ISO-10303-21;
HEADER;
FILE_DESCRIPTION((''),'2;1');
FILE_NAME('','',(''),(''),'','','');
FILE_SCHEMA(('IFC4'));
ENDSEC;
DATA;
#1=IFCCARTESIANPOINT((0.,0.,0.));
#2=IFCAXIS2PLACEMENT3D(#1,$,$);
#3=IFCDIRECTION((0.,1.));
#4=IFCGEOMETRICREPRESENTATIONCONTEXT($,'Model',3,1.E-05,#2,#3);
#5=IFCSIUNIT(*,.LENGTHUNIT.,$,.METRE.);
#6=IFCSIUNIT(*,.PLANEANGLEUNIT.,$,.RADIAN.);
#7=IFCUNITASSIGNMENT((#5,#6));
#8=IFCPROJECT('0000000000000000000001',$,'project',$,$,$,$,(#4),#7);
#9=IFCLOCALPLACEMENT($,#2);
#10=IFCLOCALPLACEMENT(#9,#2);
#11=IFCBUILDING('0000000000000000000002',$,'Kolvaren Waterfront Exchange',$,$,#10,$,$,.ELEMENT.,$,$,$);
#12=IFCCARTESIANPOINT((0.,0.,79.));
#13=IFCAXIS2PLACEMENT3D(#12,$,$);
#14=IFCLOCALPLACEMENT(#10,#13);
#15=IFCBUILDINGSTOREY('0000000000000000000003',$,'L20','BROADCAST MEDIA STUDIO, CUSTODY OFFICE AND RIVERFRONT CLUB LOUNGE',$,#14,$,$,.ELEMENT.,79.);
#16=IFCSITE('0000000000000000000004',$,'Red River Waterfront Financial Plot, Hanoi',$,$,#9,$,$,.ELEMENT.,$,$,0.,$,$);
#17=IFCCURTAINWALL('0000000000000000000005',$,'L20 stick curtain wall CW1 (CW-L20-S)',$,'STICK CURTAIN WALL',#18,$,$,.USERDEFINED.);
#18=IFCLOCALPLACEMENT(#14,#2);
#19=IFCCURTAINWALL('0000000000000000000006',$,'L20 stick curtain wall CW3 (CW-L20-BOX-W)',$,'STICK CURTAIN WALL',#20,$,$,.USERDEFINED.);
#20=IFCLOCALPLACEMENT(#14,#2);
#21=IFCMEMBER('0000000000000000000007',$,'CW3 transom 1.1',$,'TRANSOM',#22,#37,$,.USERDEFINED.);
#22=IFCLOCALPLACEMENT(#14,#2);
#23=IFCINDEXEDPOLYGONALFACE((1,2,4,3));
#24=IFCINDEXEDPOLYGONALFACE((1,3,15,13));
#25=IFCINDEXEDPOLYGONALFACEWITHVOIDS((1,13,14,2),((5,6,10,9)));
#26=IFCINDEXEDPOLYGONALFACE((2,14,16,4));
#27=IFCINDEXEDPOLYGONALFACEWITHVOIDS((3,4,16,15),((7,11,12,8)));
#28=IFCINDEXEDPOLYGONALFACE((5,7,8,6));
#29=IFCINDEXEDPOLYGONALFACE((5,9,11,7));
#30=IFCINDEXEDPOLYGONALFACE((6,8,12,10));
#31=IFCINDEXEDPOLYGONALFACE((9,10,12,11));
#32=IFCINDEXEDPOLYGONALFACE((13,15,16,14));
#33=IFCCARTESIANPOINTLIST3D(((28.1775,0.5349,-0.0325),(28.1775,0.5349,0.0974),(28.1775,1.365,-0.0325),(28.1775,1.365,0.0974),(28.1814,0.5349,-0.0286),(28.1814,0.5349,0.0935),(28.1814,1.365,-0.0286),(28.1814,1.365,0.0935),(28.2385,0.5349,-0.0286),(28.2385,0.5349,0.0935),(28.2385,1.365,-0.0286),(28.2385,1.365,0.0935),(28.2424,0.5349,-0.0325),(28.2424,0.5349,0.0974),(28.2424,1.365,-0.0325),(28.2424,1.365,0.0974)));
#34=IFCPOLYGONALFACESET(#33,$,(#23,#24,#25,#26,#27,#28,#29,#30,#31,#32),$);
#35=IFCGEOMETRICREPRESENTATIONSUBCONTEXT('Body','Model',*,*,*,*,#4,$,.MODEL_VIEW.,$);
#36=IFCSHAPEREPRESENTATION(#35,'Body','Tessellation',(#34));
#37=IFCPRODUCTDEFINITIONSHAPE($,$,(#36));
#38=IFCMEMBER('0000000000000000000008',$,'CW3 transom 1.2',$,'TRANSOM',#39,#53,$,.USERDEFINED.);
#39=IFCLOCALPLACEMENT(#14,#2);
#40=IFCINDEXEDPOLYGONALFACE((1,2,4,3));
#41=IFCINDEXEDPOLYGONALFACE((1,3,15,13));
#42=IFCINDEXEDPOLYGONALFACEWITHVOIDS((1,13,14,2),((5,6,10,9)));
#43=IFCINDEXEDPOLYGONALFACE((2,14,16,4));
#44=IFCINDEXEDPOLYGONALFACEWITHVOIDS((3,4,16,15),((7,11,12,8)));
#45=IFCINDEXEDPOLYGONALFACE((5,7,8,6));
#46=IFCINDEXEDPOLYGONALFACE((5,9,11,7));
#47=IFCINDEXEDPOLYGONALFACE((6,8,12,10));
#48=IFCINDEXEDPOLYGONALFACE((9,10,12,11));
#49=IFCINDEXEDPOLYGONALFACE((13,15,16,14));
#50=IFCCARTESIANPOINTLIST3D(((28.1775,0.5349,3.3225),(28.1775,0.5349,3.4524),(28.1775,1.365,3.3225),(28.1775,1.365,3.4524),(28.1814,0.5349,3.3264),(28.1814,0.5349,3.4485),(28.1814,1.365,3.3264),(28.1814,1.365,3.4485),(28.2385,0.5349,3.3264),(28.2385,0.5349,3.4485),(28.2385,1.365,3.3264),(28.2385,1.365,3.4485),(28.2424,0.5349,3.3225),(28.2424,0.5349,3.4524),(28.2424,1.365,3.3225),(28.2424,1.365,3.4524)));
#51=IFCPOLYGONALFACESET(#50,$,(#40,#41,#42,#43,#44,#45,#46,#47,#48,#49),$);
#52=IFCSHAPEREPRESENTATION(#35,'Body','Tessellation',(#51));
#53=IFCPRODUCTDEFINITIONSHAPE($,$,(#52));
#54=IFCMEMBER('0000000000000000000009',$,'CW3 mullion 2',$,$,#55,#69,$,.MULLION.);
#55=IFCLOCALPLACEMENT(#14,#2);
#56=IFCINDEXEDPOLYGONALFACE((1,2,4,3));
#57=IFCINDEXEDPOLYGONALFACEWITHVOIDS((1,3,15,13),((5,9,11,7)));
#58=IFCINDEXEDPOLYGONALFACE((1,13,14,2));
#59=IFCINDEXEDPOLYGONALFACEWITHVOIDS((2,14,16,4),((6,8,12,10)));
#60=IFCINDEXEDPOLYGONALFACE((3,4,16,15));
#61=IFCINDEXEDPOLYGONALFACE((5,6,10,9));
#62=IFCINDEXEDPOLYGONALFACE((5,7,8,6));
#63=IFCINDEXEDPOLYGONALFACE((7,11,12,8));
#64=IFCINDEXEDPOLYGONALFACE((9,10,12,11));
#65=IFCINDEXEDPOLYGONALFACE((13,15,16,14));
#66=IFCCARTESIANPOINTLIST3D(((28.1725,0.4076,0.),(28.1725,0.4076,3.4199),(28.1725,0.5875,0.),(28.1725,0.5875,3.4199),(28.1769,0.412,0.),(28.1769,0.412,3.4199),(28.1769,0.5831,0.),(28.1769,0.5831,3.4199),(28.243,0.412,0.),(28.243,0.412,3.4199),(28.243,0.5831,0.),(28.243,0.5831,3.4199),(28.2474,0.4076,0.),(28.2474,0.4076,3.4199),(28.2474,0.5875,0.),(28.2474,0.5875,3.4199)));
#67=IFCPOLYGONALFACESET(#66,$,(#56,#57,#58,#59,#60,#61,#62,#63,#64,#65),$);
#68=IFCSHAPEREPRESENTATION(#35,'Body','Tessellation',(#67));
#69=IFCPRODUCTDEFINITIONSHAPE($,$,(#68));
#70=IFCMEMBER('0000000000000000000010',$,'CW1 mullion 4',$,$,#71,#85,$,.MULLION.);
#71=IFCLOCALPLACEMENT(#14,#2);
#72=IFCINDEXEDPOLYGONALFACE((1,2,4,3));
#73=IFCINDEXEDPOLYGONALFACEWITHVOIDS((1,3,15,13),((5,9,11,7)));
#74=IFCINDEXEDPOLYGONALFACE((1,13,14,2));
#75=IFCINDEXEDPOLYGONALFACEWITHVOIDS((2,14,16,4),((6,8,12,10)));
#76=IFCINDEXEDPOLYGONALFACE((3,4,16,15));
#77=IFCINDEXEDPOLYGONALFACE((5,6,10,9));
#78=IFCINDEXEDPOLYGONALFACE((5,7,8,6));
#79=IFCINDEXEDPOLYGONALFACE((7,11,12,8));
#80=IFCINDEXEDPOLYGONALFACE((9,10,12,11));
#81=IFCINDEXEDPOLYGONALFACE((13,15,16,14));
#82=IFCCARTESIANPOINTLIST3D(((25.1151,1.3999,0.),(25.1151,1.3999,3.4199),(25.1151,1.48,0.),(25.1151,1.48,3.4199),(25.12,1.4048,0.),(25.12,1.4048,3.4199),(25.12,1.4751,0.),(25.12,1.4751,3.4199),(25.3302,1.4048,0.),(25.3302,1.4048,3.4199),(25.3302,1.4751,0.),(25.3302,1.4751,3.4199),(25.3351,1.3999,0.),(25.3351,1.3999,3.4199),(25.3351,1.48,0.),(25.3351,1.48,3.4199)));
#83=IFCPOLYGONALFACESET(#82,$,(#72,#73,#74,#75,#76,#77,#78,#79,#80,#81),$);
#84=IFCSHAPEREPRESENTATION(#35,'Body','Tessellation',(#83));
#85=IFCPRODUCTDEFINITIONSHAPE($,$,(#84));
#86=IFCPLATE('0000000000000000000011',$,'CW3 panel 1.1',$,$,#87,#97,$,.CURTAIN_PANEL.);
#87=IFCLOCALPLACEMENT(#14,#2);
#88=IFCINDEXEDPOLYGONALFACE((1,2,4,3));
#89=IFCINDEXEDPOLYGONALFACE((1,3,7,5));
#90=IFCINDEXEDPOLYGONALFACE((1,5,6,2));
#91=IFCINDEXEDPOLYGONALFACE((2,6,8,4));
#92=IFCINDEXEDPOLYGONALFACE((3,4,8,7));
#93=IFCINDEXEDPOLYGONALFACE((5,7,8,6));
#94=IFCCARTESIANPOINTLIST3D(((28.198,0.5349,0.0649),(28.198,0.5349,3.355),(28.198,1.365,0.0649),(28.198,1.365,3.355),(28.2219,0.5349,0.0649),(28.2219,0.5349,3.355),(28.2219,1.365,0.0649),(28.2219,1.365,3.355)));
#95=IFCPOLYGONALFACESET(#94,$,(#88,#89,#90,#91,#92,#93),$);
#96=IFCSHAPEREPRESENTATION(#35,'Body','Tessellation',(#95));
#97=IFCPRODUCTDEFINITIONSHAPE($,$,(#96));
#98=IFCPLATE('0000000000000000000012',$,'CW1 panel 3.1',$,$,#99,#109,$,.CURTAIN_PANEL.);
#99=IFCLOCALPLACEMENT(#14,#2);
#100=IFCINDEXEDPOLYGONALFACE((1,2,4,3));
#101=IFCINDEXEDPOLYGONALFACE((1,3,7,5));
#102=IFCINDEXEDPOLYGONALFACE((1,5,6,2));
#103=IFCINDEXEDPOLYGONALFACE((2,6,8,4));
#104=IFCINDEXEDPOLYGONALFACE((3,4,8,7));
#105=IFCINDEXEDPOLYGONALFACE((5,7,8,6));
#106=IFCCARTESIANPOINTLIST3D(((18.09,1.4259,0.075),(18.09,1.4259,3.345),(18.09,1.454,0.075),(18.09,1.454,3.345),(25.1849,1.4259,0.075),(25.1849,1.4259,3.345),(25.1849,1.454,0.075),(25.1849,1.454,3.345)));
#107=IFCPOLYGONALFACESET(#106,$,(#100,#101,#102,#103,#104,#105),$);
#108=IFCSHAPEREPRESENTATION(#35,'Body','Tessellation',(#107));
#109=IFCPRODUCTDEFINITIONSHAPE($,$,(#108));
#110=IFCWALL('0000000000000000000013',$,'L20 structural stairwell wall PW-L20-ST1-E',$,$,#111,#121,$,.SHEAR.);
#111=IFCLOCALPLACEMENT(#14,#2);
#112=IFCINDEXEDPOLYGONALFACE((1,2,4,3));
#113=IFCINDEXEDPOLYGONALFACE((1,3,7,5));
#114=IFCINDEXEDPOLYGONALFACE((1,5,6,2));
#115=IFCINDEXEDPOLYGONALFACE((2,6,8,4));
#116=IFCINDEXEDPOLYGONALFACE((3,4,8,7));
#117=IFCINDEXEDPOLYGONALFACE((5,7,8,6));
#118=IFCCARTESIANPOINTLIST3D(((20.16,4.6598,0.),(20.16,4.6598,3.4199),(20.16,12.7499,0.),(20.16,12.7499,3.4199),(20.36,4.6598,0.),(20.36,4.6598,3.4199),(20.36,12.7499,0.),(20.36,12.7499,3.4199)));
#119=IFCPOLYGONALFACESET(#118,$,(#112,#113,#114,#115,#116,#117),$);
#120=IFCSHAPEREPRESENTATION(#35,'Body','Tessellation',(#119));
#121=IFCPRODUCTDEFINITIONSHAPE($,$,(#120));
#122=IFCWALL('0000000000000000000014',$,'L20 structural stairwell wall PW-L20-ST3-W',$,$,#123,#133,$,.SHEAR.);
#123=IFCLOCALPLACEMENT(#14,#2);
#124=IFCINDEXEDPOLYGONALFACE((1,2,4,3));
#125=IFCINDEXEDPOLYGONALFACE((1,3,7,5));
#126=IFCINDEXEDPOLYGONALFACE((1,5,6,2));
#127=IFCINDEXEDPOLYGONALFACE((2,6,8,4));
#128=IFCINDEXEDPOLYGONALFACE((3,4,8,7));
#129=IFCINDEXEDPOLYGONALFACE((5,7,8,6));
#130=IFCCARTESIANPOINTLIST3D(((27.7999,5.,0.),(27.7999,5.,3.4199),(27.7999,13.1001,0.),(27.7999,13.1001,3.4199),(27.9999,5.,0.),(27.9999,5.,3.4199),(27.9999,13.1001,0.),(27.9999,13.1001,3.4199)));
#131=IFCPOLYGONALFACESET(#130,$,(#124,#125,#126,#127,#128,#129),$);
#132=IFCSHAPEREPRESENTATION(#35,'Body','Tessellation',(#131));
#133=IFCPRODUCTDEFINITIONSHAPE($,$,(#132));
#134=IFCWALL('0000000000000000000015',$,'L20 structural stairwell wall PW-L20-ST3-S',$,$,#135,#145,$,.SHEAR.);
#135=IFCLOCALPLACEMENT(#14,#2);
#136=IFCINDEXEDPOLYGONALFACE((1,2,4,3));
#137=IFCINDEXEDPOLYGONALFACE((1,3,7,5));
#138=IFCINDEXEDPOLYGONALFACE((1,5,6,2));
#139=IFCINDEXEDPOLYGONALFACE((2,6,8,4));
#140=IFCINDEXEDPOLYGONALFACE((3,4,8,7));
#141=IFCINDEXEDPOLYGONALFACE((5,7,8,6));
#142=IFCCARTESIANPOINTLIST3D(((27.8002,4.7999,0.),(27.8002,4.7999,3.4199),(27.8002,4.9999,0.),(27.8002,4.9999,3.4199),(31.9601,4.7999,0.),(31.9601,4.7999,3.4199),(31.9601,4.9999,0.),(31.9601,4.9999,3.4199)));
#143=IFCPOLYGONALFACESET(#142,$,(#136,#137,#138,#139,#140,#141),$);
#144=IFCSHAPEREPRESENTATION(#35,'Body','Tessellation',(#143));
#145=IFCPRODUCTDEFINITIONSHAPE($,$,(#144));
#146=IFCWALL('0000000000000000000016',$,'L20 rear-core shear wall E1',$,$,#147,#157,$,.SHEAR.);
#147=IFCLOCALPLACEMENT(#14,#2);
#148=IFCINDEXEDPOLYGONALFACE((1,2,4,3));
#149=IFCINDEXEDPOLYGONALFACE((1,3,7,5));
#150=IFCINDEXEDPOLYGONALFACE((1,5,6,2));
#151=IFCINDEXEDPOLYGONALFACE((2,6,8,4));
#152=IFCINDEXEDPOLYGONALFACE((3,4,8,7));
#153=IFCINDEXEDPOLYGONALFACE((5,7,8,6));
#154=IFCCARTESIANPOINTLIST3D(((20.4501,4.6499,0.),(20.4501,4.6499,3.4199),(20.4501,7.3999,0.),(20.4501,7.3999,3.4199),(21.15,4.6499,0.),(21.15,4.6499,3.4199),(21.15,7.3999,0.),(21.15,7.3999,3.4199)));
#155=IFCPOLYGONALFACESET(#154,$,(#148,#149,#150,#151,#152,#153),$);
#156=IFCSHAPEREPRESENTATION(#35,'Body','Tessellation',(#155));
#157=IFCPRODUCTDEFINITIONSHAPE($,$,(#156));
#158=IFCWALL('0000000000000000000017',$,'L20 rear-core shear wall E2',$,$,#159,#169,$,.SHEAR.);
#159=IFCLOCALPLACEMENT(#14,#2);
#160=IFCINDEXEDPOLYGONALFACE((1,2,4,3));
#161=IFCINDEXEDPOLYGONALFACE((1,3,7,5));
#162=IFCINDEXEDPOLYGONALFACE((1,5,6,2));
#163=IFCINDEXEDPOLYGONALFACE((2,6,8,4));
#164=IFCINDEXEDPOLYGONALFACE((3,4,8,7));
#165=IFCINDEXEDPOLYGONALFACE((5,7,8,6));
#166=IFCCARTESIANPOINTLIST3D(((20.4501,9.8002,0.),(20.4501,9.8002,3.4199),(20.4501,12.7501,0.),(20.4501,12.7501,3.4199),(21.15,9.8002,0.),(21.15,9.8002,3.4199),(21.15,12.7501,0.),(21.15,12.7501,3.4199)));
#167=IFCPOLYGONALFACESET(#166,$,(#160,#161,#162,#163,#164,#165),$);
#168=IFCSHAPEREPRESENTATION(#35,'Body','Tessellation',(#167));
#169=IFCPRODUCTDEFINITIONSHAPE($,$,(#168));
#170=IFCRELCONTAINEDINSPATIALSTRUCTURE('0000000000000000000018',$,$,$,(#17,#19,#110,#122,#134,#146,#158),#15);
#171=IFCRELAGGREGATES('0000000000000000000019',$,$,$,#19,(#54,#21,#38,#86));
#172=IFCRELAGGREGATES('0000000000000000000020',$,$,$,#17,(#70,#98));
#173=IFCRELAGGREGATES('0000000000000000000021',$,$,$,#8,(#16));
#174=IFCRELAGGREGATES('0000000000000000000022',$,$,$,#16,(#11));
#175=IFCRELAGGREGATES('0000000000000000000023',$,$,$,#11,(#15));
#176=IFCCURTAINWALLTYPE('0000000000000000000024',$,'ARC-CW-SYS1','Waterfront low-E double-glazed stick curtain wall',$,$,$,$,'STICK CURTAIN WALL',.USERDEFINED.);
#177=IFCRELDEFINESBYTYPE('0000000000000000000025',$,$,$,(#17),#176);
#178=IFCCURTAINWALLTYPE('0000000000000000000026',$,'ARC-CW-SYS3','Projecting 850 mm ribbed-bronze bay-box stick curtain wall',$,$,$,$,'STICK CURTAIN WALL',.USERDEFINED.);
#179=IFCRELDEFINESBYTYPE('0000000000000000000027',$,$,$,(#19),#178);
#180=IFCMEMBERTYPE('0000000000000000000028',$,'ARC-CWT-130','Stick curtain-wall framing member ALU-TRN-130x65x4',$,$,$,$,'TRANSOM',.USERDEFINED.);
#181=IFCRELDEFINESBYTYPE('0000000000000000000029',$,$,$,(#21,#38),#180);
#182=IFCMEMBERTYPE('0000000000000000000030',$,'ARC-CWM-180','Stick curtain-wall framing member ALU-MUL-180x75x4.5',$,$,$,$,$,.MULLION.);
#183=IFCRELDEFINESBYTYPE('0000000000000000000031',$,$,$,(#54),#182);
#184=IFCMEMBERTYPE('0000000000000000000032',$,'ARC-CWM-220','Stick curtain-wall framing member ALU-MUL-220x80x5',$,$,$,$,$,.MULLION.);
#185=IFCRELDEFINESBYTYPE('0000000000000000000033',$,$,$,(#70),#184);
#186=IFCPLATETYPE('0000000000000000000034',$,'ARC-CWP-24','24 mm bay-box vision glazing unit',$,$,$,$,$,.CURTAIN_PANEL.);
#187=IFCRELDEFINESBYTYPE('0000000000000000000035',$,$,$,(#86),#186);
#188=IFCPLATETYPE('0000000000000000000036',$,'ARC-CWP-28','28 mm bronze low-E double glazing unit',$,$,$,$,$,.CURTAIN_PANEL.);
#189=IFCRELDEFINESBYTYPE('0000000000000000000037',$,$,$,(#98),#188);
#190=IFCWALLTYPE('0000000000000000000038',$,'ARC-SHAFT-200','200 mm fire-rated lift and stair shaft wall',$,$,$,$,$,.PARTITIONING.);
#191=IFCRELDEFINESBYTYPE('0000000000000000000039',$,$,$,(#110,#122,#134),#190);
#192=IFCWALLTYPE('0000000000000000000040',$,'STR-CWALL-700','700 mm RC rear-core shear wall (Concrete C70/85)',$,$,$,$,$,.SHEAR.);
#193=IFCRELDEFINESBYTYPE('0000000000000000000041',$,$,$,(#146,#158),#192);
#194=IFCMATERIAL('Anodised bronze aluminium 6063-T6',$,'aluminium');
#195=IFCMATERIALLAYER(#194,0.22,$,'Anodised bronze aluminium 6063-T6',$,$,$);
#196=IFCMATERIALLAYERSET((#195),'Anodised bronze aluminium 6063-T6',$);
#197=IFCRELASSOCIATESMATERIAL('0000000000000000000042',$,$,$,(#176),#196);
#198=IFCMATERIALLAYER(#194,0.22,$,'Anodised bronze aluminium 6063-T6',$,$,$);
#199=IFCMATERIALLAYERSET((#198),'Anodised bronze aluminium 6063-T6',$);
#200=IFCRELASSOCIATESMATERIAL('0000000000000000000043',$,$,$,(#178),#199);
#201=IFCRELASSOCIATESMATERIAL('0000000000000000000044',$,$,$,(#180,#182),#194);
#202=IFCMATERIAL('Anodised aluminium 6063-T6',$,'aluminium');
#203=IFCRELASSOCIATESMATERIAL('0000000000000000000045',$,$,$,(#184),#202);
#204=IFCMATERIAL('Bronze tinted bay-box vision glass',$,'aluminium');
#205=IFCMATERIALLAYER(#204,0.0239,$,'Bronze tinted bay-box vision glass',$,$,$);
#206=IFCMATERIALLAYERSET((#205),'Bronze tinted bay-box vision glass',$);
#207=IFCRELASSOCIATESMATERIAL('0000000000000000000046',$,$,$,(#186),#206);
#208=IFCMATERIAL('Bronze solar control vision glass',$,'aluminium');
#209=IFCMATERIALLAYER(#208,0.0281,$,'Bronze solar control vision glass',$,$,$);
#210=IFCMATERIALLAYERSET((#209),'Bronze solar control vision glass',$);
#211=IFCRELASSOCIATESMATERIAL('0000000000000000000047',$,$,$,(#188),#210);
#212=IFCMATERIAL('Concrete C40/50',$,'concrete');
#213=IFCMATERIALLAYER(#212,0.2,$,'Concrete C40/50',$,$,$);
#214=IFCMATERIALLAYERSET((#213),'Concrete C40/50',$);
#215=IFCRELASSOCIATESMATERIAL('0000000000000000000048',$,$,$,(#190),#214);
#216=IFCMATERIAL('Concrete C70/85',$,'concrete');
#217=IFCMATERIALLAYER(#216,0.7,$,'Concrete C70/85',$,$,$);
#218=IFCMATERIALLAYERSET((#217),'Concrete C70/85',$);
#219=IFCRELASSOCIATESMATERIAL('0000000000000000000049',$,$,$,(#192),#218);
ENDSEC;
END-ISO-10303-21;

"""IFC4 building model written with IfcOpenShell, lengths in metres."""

from ifc_helpers import new_model, si_unit, direction, frame, frame_2d, origin, origin_with_axes, origin_2d, place, context, subcontext, project, spatial, rectangle, hollow_rectangle, extrude, source, transform, mapped, material, layer, layer_set, material_profile, profile_set, type_object, element, aggregate, save


model = new_model("IFC4")

# Units and contexts
model_context = context("Model", 3, precision=1e-05, world=origin(), true_north=direction((0.0, 1.0)))
body_context = subcontext(model_context, "Body", "Model", "MODEL_VIEW")
ifc_project = project(units=[si_unit("LENGTHUNIT", "METRE"), si_unit("PLANEANGLEUNIT", "RADIAN")], contexts=[model_context])

# Site, building, storey
site_placement = place(None, origin())
site = spatial("IfcSite", under=ifc_project, at=site_placement, Name="Red River Waterfront Financial Plot, Hanoi", CompositionType="ELEMENT", RefElevation=0.0)
building_placement = place(site_placement, origin())
building = spatial("IfcBuilding", under=site, at=building_placement, Name="Kolvaren Waterfront Exchange", CompositionType="ELEMENT")
storey_placement = place(building_placement, frame((0.0, 0.0, 79.0)))
storey = spatial("IfcBuildingStorey", under=building, at=storey_placement, Name="L20", Description="BROADCAST MEDIA STUDIO, CUSTODY OFFICE AND RIVERFRONT CLUB LOUNGE", CompositionType="ELEMENT", Elevation=79.0)

# Shared definitions
ifc_material_1 = material(Name="Concrete C70/85", Category="concrete")

# Curtain walls, members
ifc_material_2 = material(Name="Anodised bronze aluminium 6063-T6", Category="aluminium")
ifc_layer_1 = layer(ifc_material_2, 0.22, Name="Anodised bronze aluminium 6063-T6")
ifc_layer_set_1 = layer_set([ifc_layer_1], Name="Anodised bronze aluminium 6063-T6")
curtain_wall_type_1 = type_object("IfcCurtainWallType", Name="ARC-CW-SYS1", Description="Waterfront low-E double-glazed stick curtain wall", ElementType="STICK CURTAIN WALL", PredefinedType="USERDEFINED", material=ifc_layer_set_1)
curtain_wall_1_placement = place(storey_placement, origin())
curtain_wall_1 = element("IfcCurtainWall", 1, at=curtain_wall_1_placement, inside=storey, type_object=curtain_wall_type_1, Name="L20 stick curtain wall CW1 (CW-L20-S)", ObjectType="STICK CURTAIN WALL", PredefinedType="USERDEFINED")
ifc_material_3 = material(Name="Anodised aluminium 6063-T6", Category="aluminium")
ifc_layer_2 = layer(ifc_material_2, 0.22, Name="Anodised bronze aluminium 6063-T6")
ifc_layer_set_2 = layer_set([ifc_layer_2], Name="Anodised bronze aluminium 6063-T6")
curtain_wall_type_2 = type_object("IfcCurtainWallType", Name="ARC-CW-SYS3", Description="Projecting 850 mm ribbed-bronze bay-box stick curtain wall", ElementType="STICK CURTAIN WALL", PredefinedType="USERDEFINED", material=ifc_layer_set_2)
curtain_wall_2_placement = place(storey_placement, origin())
curtain_wall_2 = element("IfcCurtainWall", 2, at=curtain_wall_2_placement, inside=storey, type_object=curtain_wall_type_2, Name="L20 stick curtain wall CW3 (CW-L20-BOX-W)", ObjectType="STICK CURTAIN WALL", PredefinedType="USERDEFINED")
ifc_material_profile_1 = material_profile(ifc_material_2, hollow_rectangle(XDim=0.0649, YDim=0.1299, WallThickness=0.0039, at=origin_2d()), Name="ALU-TRN-130x65x4")
ifc_profile_set_1 = profile_set([ifc_material_profile_1], Name="Anodised bronze aluminium 6063-T6")
member_type_1 = type_object("IfcMemberType", Name="ARC-CWT-130", Description="Stick curtain-wall framing member ALU-TRN-130x65x4", ElementType="TRANSOM", PredefinedType="USERDEFINED", material=ifc_profile_set_1)
shared_shape_1 = source(origin_with_axes(), body_context, "Body", "SweptSolid", [
    extrude(hollow_rectangle(XDim=0.0649, YDim=0.1299, WallThickness=0.0039, at=origin_2d()), origin(), (0.0, 0.0, 1.0), 0.8301),
])
member_1_placement = place(storey_placement, frame((28.21, 1.365, 0.0325), z_axis=(0.0, -1.0, 0.0), x_axis=(1.0, 0.0, 0.0)))
member_1 = element("IfcMember", 3, at=member_1_placement, type_object=member_type_1, Name="CW3 transom 1.1", ObjectType="TRANSOM", PredefinedType="USERDEFINED", context=body_context, shape_type="MappedRepresentation", body=[
    mapped(shared_shape_1, transform((0.0, 0.0, 0.0), x_axis=(1.0, 0.0, 0.0), y_axis=(0.0, 1.0, 0.0), z_axis=(0.0, 0.0, 1.0), scale=1.0)),
])
member_2_placement = place(storey_placement, frame((28.21, 1.365, 3.3875), z_axis=(0.0, -1.0, 0.0), x_axis=(1.0, 0.0, 0.0)))
member_2 = element("IfcMember", 4, at=member_2_placement, type_object=member_type_1, Name="CW3 transom 1.2", ObjectType="TRANSOM", PredefinedType="USERDEFINED", context=body_context, shape_type="MappedRepresentation", body=[
    mapped(shared_shape_1, transform((0.0, 0.0, 0.0), x_axis=(1.0, 0.0, 0.0), y_axis=(0.0, 1.0, 0.0), z_axis=(0.0, 0.0, 1.0), scale=1.0)),
])
ifc_material_profile_2 = material_profile(ifc_material_2, hollow_rectangle(XDim=0.075, YDim=0.1799, WallThickness=0.0044, at=origin_2d()), Name="ALU-MUL-180x75x4.5")
ifc_profile_set_2 = profile_set([ifc_material_profile_2], Name="Anodised bronze aluminium 6063-T6")
member_type_2 = type_object("IfcMemberType", Name="ARC-CWM-180", Description="Stick curtain-wall framing member ALU-MUL-180x75x4.5", PredefinedType="MULLION", material=ifc_profile_set_2)
shared_shape_2 = source(origin_with_axes(), body_context, "Body", "SweptSolid", [
    extrude(hollow_rectangle(XDim=0.075, YDim=0.1799, WallThickness=0.0044, at=origin_2d()), origin(), (0.0, 0.0, 1.0), 3.4199),
])
member_3_placement = place(storey_placement, frame((28.21, 0.4976, 0.0), z_axis=(0.0, 0.0, 1.0), x_axis=(1.0, 0.0, 0.0)))
member_3 = element("IfcMember", 5, at=member_3_placement, type_object=member_type_2, Name="CW3 mullion 2", PredefinedType="MULLION", context=body_context, shape_type="MappedRepresentation", body=[
    mapped(shared_shape_2, transform((0.0, 0.0, 0.0), x_axis=(1.0, 0.0, 0.0), y_axis=(0.0, 1.0, 0.0), z_axis=(0.0, 0.0, 1.0), scale=1.0)),
])

# Member
ifc_material_profile_3 = material_profile(ifc_material_3, hollow_rectangle(XDim=0.0801, YDim=0.22, WallThickness=0.0049, at=origin_2d()), Name="ALU-MUL-220x80x5")
ifc_profile_set_3 = profile_set([ifc_material_profile_3], Name="Anodised aluminium 6063-T6")
member_type_3 = type_object("IfcMemberType", Name="ARC-CWM-220", Description="Stick curtain-wall framing member ALU-MUL-220x80x5", PredefinedType="MULLION", material=ifc_profile_set_3)
shared_shape_3 = source(origin_with_axes(), body_context, "Body", "SweptSolid", [
    extrude(hollow_rectangle(XDim=0.0801, YDim=0.22, WallThickness=0.0049, at=origin_2d()), origin(), (0.0, 0.0, 1.0), 3.4199),
])
member_4_placement = place(storey_placement, frame((25.2251, 1.4399, 0.0), z_axis=(0.0, 0.0, 1.0), x_axis=(0.0, 1.0, 0.0)))
member_4 = element("IfcMember", 6, at=member_4_placement, type_object=member_type_3, Name="CW1 mullion 4", PredefinedType="MULLION", context=body_context, shape_type="MappedRepresentation", body=[
    mapped(shared_shape_3, transform((0.0, 0.0, 0.0), x_axis=(1.0, 0.0, 0.0), y_axis=(0.0, 1.0, 0.0), z_axis=(0.0, 0.0, 1.0), scale=1.0)),
])

# Plates
ifc_material_4 = material(Name="Bronze tinted bay-box vision glass", Category="aluminium")
ifc_layer_3 = layer(ifc_material_4, 0.0239, Name="Bronze tinted bay-box vision glass")
ifc_layer_set_3 = layer_set([ifc_layer_3], Name="Bronze tinted bay-box vision glass")
plate_type_1 = type_object("IfcPlateType", Name="ARC-CWP-24", Description="24 mm bay-box vision glazing unit", PredefinedType="CURTAIN_PANEL", material=ifc_layer_set_3)
shared_shape_4 = source(origin_with_axes(), body_context, "Body", "SweptSolid", [
    extrude(rectangle(XDim=0.8301, YDim=0.0239, at=origin_2d()), origin(), (0.0, 0.0, 1.0), 3.29),
])
plate_1_placement = place(storey_placement, frame((28.21, 0.95, 0.0649), z_axis=(0.0, 0.0, 1.0), x_axis=(0.0, -1.0, 0.0)))
plate_1 = element("IfcPlate", 7, at=plate_1_placement, type_object=plate_type_1, Name="CW3 panel 1.1", PredefinedType="CURTAIN_PANEL", context=body_context, shape_type="MappedRepresentation", body=[
    mapped(shared_shape_4, transform((0.0, 0.0, 0.0), x_axis=(1.0, 0.0, 0.0), y_axis=(0.0, 1.0, 0.0), z_axis=(0.0, 0.0, 1.0), scale=1.0)),
])
aggregate(curtain_wall_2, [member_3, member_1, member_2, plate_1])
ifc_material_5 = material(Name="Bronze solar control vision glass", Category="aluminium")
ifc_layer_4 = layer(ifc_material_5, 0.0281, Name="Bronze solar control vision glass")
ifc_layer_set_4 = layer_set([ifc_layer_4], Name="Bronze solar control vision glass")
plate_type_2 = type_object("IfcPlateType", Name="ARC-CWP-28", Description="28 mm bronze low-E double glazing unit", PredefinedType="CURTAIN_PANEL", material=ifc_layer_set_4)
shared_shape_5 = source(origin_with_axes(), body_context, "Body", "SweptSolid", [
    extrude(rectangle(XDim=7.095, YDim=0.0281, at=origin_2d()), origin(), (0.0, 0.0, 1.0), 3.27),
])
plate_2_placement = place(storey_placement, frame((21.6375, 1.4399, 0.075), z_axis=(0.0, 0.0, 1.0), x_axis=(1.0, 0.0, 0.0)))
plate_2 = element("IfcPlate", 8, at=plate_2_placement, type_object=plate_type_2, Name="CW1 panel 3.1", PredefinedType="CURTAIN_PANEL", context=body_context, shape_type="MappedRepresentation", body=[
    mapped(shared_shape_5, transform((0.0, 0.0, 0.0), x_axis=(1.0, 0.0, 0.0), y_axis=(0.0, 1.0, 0.0), z_axis=(0.0, 0.0, 1.0), scale=1.0)),
])
aggregate(curtain_wall_1, [member_4, plate_2])

# Walls
ifc_material_6 = material(Name="Concrete C40/50", Category="concrete")
ifc_layer_5 = layer(ifc_material_6, 0.2, Name="Concrete C40/50")
ifc_layer_set_5 = layer_set([ifc_layer_5], Name="Concrete C40/50")
wall_type_1 = type_object("IfcWallType", Name="ARC-SHAFT-200", Description="200 mm fire-rated lift and stair shaft wall", PredefinedType="PARTITIONING", material=ifc_layer_set_5)
wall_1_placement = place(storey_placement, frame((20.26, 4.6599, 0.0), z_axis=(0.0, 0.0, 1.0), x_axis=(0.0, 1.0, 0.0)))
element("IfcWall", 9, at=wall_1_placement, inside=storey, type_object=wall_type_1, Name="L20 structural stairwell wall PW-L20-ST1-E", PredefinedType="SHEAR", context=body_context, shape_type="SweptSolid", body=[
    extrude(rectangle(XDim=8.0901, YDim=0.2, at=frame_2d((4.0449, 0.0))), origin(), (0.0, 0.0, 1.0), 3.4199),
])
wall_2_placement = place(storey_placement, frame((27.8999, 5.0, 0.0), z_axis=(0.0, 0.0, 1.0), x_axis=(0.0, 1.0, 0.0)))
element("IfcWall", 10, at=wall_2_placement, inside=storey, type_object=wall_type_1, Name="L20 structural stairwell wall PW-L20-ST3-W", PredefinedType="SHEAR", context=body_context, shape_type="SweptSolid", body=[
    extrude(rectangle(XDim=8.1001, YDim=0.2, at=frame_2d((4.05, 0.0))), origin(), (0.0, 0.0, 1.0), 3.4199),
])
wall_3_placement = place(storey_placement, frame((27.8, 4.8999, 0.0), z_axis=(0.0, 0.0, 1.0), x_axis=(1.0, 0.0, 0.0)))
element("IfcWall", 11, at=wall_3_placement, inside=storey, type_object=wall_type_1, Name="L20 structural stairwell wall PW-L20-ST3-S", PredefinedType="SHEAR", context=body_context, shape_type="SweptSolid", body=[
    extrude(rectangle(XDim=4.1599, YDim=0.2, at=frame_2d((2.0801, 0.0))), origin(), (0.0, 0.0, 1.0), 3.4199),
])
ifc_layer_6 = layer(ifc_material_1, 0.7, Name="Concrete C70/85")
ifc_layer_set_6 = layer_set([ifc_layer_6], Name="Concrete C70/85")
wall_type_2 = type_object("IfcWallType", Name="STR-CWALL-700", Description="700 mm RC rear-core shear wall (Concrete C70/85)", PredefinedType="SHEAR", material=ifc_layer_set_6)
wall_4_placement = place(storey_placement, frame((20.8, 4.6499, 0.0), z_axis=(0.0, 0.0, 1.0), x_axis=(0.0, 1.0, 0.0)))
element("IfcWall", 12, at=wall_4_placement, inside=storey, type_object=wall_type_2, Name="L20 rear-core shear wall E1", PredefinedType="SHEAR", context=body_context, shape_type="SweptSolid", body=[
    extrude(rectangle(XDim=2.75, YDim=0.7, at=frame_2d((1.375, 0.0))), origin(), (0.0, 0.0, 1.0), 3.4199),
])
wall_5_placement = place(storey_placement, frame((20.8, 9.8, 0.0), z_axis=(0.0, 0.0, 1.0), x_axis=(0.0, 1.0, 0.0)))
element("IfcWall", 13, at=wall_5_placement, inside=storey, type_object=wall_type_2, Name="L20 rear-core shear wall E2", PredefinedType="SHEAR", context=body_context, shape_type="SweptSolid", body=[
    extrude(rectangle(XDim=2.95, YDim=0.7, at=frame_2d((1.4751, 0.0))), origin(), (0.0, 0.0, 1.0), 3.4199),
])

save(model, "model.ifc")
